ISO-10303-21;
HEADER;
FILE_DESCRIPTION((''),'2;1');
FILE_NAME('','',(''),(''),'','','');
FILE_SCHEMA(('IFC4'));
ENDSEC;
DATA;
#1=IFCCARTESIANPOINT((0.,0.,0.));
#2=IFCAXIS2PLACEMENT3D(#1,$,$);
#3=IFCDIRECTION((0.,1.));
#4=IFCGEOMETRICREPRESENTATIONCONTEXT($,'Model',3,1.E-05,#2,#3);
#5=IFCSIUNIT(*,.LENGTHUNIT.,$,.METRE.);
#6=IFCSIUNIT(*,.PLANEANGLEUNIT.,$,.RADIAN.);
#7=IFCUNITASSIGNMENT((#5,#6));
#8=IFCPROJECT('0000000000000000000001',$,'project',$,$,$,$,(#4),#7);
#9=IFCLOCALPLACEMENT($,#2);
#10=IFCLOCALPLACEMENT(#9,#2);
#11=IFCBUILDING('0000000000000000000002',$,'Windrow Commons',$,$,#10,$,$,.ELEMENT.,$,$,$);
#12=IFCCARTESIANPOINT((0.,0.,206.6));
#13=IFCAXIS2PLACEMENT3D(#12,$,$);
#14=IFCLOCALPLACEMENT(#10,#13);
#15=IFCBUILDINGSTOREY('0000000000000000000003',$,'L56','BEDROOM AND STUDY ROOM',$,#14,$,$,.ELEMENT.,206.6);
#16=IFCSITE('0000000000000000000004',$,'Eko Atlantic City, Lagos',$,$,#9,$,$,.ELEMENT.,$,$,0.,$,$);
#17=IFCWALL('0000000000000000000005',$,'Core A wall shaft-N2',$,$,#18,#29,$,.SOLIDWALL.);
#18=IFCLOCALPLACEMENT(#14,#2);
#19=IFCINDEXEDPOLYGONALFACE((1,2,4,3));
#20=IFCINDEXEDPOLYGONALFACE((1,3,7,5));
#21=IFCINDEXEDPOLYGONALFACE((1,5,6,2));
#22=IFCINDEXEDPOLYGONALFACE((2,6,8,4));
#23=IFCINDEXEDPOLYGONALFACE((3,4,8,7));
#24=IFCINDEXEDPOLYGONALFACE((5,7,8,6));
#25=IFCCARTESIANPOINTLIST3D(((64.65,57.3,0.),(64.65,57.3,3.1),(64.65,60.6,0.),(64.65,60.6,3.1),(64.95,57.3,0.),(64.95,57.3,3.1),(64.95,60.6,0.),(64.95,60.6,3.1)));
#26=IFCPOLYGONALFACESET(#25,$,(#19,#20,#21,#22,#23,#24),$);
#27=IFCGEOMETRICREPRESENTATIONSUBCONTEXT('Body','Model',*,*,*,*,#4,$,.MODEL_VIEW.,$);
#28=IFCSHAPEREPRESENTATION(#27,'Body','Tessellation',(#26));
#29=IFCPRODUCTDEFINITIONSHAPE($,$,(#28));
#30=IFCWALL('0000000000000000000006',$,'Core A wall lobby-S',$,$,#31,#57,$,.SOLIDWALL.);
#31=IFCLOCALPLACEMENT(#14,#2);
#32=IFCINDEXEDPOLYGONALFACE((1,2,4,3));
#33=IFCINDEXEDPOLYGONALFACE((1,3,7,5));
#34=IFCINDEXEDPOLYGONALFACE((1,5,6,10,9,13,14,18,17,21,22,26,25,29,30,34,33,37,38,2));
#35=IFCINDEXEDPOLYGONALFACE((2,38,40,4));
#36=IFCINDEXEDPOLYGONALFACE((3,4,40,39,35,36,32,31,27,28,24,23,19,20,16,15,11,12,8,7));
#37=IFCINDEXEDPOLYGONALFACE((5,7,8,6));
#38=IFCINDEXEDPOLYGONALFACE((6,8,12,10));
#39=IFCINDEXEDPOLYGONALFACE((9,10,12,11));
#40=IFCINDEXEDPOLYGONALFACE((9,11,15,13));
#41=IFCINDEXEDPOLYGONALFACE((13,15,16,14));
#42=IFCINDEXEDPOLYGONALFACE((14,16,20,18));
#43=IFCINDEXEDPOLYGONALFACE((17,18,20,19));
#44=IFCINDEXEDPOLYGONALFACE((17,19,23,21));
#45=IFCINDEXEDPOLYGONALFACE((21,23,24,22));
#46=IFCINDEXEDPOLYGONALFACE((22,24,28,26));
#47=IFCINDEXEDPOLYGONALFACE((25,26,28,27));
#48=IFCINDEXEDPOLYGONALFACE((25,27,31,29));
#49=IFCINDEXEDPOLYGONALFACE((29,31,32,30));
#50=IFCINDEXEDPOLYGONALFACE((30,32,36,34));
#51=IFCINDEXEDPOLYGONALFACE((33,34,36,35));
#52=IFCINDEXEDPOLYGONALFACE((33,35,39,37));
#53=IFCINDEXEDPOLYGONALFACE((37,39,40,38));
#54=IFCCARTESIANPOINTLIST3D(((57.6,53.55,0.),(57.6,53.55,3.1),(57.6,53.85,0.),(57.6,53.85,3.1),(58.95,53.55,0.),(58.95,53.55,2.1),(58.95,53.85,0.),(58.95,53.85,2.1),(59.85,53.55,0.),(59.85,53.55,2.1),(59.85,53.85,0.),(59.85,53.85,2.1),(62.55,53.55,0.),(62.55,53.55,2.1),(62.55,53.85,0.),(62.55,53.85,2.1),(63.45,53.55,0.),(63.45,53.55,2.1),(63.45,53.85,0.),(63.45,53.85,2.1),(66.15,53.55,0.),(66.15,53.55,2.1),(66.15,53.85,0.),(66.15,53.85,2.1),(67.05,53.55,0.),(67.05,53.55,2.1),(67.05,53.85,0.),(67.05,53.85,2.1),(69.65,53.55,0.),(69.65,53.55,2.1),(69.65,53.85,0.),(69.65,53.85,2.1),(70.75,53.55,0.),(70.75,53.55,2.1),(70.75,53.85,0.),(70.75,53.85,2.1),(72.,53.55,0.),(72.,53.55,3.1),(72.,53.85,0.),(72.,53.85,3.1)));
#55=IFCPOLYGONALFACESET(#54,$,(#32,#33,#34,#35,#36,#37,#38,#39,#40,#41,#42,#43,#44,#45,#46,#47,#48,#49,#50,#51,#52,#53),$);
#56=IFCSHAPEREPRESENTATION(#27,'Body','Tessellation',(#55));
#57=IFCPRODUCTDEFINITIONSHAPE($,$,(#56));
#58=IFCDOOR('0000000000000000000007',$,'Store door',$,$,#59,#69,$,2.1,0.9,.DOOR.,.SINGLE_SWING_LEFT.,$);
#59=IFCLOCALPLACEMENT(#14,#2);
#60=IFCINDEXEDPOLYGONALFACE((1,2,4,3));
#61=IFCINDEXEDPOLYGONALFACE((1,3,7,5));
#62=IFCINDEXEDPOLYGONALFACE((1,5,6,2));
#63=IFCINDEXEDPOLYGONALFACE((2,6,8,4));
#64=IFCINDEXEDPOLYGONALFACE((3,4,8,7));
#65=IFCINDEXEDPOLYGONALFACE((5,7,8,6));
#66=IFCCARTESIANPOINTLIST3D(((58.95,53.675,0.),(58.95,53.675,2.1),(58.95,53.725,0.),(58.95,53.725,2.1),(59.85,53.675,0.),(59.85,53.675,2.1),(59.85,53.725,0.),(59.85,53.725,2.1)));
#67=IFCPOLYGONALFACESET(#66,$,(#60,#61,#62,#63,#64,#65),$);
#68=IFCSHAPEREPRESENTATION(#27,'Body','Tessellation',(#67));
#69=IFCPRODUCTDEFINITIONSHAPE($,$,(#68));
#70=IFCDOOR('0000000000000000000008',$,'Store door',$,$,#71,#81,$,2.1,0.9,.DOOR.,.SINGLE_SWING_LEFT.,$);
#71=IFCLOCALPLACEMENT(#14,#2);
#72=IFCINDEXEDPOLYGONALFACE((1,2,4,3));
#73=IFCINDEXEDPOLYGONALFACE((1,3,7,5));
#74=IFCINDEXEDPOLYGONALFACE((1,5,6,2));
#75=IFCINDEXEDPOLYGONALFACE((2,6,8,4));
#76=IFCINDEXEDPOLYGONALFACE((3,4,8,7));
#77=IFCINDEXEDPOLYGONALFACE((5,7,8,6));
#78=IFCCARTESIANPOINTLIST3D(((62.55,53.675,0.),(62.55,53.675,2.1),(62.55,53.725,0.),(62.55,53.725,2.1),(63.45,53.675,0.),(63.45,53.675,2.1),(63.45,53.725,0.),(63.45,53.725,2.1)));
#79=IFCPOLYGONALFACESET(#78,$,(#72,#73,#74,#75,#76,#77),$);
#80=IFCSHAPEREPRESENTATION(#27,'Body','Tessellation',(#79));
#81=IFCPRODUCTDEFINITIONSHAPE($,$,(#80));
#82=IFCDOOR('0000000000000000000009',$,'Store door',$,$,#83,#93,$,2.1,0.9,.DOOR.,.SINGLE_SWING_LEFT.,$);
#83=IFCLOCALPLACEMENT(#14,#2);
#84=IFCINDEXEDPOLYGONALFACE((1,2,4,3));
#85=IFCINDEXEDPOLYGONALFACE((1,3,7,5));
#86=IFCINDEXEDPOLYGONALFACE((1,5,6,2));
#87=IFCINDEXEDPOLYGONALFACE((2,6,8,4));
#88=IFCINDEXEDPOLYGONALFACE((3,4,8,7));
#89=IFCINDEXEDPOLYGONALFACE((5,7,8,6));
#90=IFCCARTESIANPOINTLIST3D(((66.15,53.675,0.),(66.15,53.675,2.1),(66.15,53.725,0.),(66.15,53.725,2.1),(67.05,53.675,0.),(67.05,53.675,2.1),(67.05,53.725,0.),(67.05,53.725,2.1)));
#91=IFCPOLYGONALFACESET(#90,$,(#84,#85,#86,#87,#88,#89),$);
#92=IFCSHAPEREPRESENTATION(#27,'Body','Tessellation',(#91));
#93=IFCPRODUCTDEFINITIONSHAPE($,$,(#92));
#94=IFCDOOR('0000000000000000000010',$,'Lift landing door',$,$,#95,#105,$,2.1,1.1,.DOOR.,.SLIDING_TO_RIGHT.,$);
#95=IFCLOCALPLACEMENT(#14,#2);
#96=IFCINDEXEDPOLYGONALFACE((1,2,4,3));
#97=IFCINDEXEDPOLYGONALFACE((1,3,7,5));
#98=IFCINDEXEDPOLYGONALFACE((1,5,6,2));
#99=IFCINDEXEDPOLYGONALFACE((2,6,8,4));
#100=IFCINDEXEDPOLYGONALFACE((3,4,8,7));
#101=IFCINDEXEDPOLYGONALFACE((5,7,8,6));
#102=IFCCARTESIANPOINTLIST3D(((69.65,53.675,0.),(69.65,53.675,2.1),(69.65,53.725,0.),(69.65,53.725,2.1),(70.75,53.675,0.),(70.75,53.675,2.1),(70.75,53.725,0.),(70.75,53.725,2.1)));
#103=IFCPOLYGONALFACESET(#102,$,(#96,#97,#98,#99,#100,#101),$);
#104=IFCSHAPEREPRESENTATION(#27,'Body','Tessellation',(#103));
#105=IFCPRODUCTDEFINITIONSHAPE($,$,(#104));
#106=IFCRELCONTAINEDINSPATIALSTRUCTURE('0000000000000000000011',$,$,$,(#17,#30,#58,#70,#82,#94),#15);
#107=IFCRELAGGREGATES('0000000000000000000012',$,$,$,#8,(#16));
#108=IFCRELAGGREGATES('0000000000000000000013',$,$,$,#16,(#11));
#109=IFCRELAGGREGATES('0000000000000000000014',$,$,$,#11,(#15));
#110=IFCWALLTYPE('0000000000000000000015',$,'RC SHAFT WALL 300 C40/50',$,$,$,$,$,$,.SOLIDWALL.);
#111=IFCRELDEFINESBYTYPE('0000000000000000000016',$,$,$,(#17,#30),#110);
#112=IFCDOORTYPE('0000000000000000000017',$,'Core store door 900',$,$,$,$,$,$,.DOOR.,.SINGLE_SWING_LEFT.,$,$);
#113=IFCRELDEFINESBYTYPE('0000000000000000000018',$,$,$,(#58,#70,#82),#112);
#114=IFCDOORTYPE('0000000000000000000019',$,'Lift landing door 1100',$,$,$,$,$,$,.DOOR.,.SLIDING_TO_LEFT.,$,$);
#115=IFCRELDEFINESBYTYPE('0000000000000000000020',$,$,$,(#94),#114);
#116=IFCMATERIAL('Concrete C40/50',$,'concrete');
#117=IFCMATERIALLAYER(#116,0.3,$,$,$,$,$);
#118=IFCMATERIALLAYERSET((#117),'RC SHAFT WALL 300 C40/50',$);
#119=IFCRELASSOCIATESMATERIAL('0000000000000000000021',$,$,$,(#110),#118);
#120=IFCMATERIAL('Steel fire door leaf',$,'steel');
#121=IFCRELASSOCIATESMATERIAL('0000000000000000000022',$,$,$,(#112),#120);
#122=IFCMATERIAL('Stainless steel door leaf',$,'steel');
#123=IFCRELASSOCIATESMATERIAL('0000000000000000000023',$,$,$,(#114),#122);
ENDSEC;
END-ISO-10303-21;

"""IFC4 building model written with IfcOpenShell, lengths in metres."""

from ifc_helpers import new_model, si_unit, direction, frame, frame_2d, origin, place, context, subcontext, project, spatial, rectangle, extrude, material, layer, layer_set, type_object, element, fill, save


model = new_model("IFC4")

# Units and contexts
model_context = context("Model", 3, precision=1e-05, world=origin(), true_north=direction((0.0, 1.0)))
body_context = subcontext(model_context, "Body", "Model", "MODEL_VIEW")
ifc_project = project(units=[si_unit("LENGTHUNIT", "METRE"), si_unit("PLANEANGLEUNIT", "RADIAN")], contexts=[model_context])

# Site, building, storey
site_placement = place(None, origin())
site = spatial("IfcSite", under=ifc_project, at=site_placement, Name="Eko Atlantic City, Lagos", CompositionType="ELEMENT", RefElevation=0.0)
building_placement = place(site_placement, origin())
building = spatial("IfcBuilding", under=site, at=building_placement, Name="Windrow Commons", CompositionType="ELEMENT")
storey_placement = place(building_placement, frame((0.0, 0.0, 206.6)))
storey = spatial("IfcBuildingStorey", under=building, at=storey_placement, Name="L56", Description="BEDROOM AND STUDY ROOM", CompositionType="ELEMENT", Elevation=206.6)

# Wall
ifc_material_1 = material(Name="Concrete C40/50", Category="concrete")
ifc_layer_1 = layer(ifc_material_1, 0.3)
ifc_layer_set_1 = layer_set([ifc_layer_1], Name="RC SHAFT WALL 300 C40/50")
wall_type_1 = type_object("IfcWallType", Name="RC SHAFT WALL 300 C40/50", PredefinedType="SOLIDWALL", material=ifc_layer_set_1)
for number, where, z_axis, x_axis, name in (
    (1, (64.8, 57.3, 0.0), (0.0, 0.0, 1.0), (0.0, 1.0, 0.0), "Core A wall shaft-N2"),
):
    element("IfcWall", number, at=place(storey_placement, frame(where, z_axis=z_axis, x_axis=x_axis)), inside=storey, type_object=wall_type_1, Name=name, PredefinedType="SOLIDWALL", context=body_context, shape_type="SweptSolid", body=[
        extrude(rectangle(XDim=3.3, YDim=0.3, at=frame_2d((1.65, 0.0))), origin(), (0.0, 0.0, 1.0), 3.1),
    ])

# Wall, openings, doors
wall_1_placement = place(storey_placement, frame((57.6, 53.7, 0.0), z_axis=(0.0, 0.0, 1.0), x_axis=(1.0, 0.0, 0.0)))
wall_1 = element("IfcWall", 2, at=wall_1_placement, inside=storey, type_object=wall_type_1, Name="Core A wall lobby-S", PredefinedType="SOLIDWALL", context=body_context, shape_type="SweptSolid", body=[
    extrude(rectangle(XDim=14.4, YDim=0.3, at=frame_2d((7.2, 0.0))), origin(), (0.0, 0.0, 1.0), 3.1),
])
opening_1_placement = place(wall_1_placement, frame((1.35, 0.0, 0.0)))
opening_1 = element("IfcOpeningElement", 3, at=opening_1_placement, cuts=wall_1, PredefinedType="OPENING", context=body_context, shape_type="SweptSolid", body=[
    extrude(rectangle(XDim=0.9, YDim=2.1, at=frame_2d((0.45, 1.05))), frame((0.0, 0.16, 0.0), z_axis=(0.0, -1.0, 0.0), x_axis=(1.0, 0.0, 0.0)), (0.0, 0.0, 1.0), 0.32),
])
opening_2_placement = place(wall_1_placement, frame((4.95, 0.0, 0.0)))
opening_2 = element("IfcOpeningElement", 4, at=opening_2_placement, cuts=wall_1, PredefinedType="OPENING", context=body_context, shape_type="SweptSolid", body=[
    extrude(rectangle(XDim=0.9, YDim=2.1, at=frame_2d((0.45, 1.05))), frame((0.0, 0.16, 0.0), z_axis=(0.0, -1.0, 0.0), x_axis=(1.0, 0.0, 0.0)), (0.0, 0.0, 1.0), 0.32),
])
opening_3_placement = place(wall_1_placement, frame((8.55, 0.0, 0.0)))
opening_3 = element("IfcOpeningElement", 5, at=opening_3_placement, cuts=wall_1, PredefinedType="OPENING", context=body_context, shape_type="SweptSolid", body=[
    extrude(rectangle(XDim=0.9, YDim=2.1, at=frame_2d((0.45, 1.05))), frame((0.0, 0.16, 0.0), z_axis=(0.0, -1.0, 0.0), x_axis=(1.0, 0.0, 0.0)), (0.0, 0.0, 1.0), 0.32),
])
opening_4_placement = place(wall_1_placement, frame((12.05, 0.0, 0.0)))
opening_4 = element("IfcOpeningElement", 6, at=opening_4_placement, cuts=wall_1, PredefinedType="OPENING", context=body_context, shape_type="SweptSolid", body=[
    extrude(rectangle(XDim=1.1, YDim=2.1, at=frame_2d((0.55, 1.05))), frame((0.0, 0.16, 0.0), z_axis=(0.0, -1.0, 0.0), x_axis=(1.0, 0.0, 0.0)), (0.0, 0.0, 1.0), 0.32),
])
ifc_material_2 = material(Name="Steel fire door leaf", Category="steel")
door_type_1 = type_object("IfcDoorType", Name="Core store door 900", OperationType="SINGLE_SWING_LEFT", PredefinedType="DOOR", material=ifc_material_2)
door_1_placement = place(opening_1_placement, origin())
door_1 = element("IfcDoor", 7, at=door_1_placement, inside=storey, type_object=door_type_1, Name="Store door", OperationType="SINGLE_SWING_LEFT", OverallHeight=2.1, OverallWidth=0.9, PredefinedType="DOOR", context=body_context, shape_type="SweptSolid", body=[
    extrude(rectangle(XDim=0.9, YDim=2.1, at=frame_2d((0.45, 1.05))), frame((0.0, 0.025, 0.0), z_axis=(0.0, -1.0, 0.0), x_axis=(1.0, 0.0, 0.0)), (0.0, 0.0, 1.0), 0.05),
])
fill(opening_1, door_1)
door_2_placement = place(opening_2_placement, origin())
door_2 = element("IfcDoor", 8, at=door_2_placement, inside=storey, type_object=door_type_1, Name="Store door", OperationType="SINGLE_SWING_LEFT", OverallHeight=2.1, OverallWidth=0.9, PredefinedType="DOOR", context=body_context, shape_type="SweptSolid", body=[
    extrude(rectangle(XDim=0.9, YDim=2.1, at=frame_2d((0.45, 1.05))), frame((0.0, 0.025, 0.0), z_axis=(0.0, -1.0, 0.0), x_axis=(1.0, 0.0, 0.0)), (0.0, 0.0, 1.0), 0.05),
])
fill(opening_2, door_2)
door_3_placement = place(opening_3_placement, origin())
door_3 = element("IfcDoor", 9, at=door_3_placement, inside=storey, type_object=door_type_1, Name="Store door", OperationType="SINGLE_SWING_LEFT", OverallHeight=2.1, OverallWidth=0.9, PredefinedType="DOOR", context=body_context, shape_type="SweptSolid", body=[
    extrude(rectangle(XDim=0.9, YDim=2.1, at=frame_2d((0.45, 1.05))), frame((0.0, 0.025, 0.0), z_axis=(0.0, -1.0, 0.0), x_axis=(1.0, 0.0, 0.0)), (0.0, 0.0, 1.0), 0.05),
])
fill(opening_3, door_3)
ifc_material_3 = material(Name="Stainless steel door leaf", Category="steel")
door_type_2 = type_object("IfcDoorType", Name="Lift landing door 1100", OperationType="SLIDING_TO_LEFT", PredefinedType="DOOR", material=ifc_material_3)
door_4_placement = place(opening_4_placement, origin())
door_4 = element("IfcDoor", 10, at=door_4_placement, inside=storey, type_object=door_type_2, Name="Lift landing door", OperationType="SLIDING_TO_RIGHT", OverallHeight=2.1, OverallWidth=1.1, PredefinedType="DOOR", context=body_context, shape_type="SweptSolid", body=[
    extrude(rectangle(XDim=1.1, YDim=2.1, at=frame_2d((0.55, 1.05))), frame((0.0, 0.025, 0.0), z_axis=(0.0, -1.0, 0.0), x_axis=(1.0, 0.0, 0.0)), (0.0, 0.0, 1.0), 0.05),
])
fill(opening_4, door_4)

save(model, "model.ifc")
